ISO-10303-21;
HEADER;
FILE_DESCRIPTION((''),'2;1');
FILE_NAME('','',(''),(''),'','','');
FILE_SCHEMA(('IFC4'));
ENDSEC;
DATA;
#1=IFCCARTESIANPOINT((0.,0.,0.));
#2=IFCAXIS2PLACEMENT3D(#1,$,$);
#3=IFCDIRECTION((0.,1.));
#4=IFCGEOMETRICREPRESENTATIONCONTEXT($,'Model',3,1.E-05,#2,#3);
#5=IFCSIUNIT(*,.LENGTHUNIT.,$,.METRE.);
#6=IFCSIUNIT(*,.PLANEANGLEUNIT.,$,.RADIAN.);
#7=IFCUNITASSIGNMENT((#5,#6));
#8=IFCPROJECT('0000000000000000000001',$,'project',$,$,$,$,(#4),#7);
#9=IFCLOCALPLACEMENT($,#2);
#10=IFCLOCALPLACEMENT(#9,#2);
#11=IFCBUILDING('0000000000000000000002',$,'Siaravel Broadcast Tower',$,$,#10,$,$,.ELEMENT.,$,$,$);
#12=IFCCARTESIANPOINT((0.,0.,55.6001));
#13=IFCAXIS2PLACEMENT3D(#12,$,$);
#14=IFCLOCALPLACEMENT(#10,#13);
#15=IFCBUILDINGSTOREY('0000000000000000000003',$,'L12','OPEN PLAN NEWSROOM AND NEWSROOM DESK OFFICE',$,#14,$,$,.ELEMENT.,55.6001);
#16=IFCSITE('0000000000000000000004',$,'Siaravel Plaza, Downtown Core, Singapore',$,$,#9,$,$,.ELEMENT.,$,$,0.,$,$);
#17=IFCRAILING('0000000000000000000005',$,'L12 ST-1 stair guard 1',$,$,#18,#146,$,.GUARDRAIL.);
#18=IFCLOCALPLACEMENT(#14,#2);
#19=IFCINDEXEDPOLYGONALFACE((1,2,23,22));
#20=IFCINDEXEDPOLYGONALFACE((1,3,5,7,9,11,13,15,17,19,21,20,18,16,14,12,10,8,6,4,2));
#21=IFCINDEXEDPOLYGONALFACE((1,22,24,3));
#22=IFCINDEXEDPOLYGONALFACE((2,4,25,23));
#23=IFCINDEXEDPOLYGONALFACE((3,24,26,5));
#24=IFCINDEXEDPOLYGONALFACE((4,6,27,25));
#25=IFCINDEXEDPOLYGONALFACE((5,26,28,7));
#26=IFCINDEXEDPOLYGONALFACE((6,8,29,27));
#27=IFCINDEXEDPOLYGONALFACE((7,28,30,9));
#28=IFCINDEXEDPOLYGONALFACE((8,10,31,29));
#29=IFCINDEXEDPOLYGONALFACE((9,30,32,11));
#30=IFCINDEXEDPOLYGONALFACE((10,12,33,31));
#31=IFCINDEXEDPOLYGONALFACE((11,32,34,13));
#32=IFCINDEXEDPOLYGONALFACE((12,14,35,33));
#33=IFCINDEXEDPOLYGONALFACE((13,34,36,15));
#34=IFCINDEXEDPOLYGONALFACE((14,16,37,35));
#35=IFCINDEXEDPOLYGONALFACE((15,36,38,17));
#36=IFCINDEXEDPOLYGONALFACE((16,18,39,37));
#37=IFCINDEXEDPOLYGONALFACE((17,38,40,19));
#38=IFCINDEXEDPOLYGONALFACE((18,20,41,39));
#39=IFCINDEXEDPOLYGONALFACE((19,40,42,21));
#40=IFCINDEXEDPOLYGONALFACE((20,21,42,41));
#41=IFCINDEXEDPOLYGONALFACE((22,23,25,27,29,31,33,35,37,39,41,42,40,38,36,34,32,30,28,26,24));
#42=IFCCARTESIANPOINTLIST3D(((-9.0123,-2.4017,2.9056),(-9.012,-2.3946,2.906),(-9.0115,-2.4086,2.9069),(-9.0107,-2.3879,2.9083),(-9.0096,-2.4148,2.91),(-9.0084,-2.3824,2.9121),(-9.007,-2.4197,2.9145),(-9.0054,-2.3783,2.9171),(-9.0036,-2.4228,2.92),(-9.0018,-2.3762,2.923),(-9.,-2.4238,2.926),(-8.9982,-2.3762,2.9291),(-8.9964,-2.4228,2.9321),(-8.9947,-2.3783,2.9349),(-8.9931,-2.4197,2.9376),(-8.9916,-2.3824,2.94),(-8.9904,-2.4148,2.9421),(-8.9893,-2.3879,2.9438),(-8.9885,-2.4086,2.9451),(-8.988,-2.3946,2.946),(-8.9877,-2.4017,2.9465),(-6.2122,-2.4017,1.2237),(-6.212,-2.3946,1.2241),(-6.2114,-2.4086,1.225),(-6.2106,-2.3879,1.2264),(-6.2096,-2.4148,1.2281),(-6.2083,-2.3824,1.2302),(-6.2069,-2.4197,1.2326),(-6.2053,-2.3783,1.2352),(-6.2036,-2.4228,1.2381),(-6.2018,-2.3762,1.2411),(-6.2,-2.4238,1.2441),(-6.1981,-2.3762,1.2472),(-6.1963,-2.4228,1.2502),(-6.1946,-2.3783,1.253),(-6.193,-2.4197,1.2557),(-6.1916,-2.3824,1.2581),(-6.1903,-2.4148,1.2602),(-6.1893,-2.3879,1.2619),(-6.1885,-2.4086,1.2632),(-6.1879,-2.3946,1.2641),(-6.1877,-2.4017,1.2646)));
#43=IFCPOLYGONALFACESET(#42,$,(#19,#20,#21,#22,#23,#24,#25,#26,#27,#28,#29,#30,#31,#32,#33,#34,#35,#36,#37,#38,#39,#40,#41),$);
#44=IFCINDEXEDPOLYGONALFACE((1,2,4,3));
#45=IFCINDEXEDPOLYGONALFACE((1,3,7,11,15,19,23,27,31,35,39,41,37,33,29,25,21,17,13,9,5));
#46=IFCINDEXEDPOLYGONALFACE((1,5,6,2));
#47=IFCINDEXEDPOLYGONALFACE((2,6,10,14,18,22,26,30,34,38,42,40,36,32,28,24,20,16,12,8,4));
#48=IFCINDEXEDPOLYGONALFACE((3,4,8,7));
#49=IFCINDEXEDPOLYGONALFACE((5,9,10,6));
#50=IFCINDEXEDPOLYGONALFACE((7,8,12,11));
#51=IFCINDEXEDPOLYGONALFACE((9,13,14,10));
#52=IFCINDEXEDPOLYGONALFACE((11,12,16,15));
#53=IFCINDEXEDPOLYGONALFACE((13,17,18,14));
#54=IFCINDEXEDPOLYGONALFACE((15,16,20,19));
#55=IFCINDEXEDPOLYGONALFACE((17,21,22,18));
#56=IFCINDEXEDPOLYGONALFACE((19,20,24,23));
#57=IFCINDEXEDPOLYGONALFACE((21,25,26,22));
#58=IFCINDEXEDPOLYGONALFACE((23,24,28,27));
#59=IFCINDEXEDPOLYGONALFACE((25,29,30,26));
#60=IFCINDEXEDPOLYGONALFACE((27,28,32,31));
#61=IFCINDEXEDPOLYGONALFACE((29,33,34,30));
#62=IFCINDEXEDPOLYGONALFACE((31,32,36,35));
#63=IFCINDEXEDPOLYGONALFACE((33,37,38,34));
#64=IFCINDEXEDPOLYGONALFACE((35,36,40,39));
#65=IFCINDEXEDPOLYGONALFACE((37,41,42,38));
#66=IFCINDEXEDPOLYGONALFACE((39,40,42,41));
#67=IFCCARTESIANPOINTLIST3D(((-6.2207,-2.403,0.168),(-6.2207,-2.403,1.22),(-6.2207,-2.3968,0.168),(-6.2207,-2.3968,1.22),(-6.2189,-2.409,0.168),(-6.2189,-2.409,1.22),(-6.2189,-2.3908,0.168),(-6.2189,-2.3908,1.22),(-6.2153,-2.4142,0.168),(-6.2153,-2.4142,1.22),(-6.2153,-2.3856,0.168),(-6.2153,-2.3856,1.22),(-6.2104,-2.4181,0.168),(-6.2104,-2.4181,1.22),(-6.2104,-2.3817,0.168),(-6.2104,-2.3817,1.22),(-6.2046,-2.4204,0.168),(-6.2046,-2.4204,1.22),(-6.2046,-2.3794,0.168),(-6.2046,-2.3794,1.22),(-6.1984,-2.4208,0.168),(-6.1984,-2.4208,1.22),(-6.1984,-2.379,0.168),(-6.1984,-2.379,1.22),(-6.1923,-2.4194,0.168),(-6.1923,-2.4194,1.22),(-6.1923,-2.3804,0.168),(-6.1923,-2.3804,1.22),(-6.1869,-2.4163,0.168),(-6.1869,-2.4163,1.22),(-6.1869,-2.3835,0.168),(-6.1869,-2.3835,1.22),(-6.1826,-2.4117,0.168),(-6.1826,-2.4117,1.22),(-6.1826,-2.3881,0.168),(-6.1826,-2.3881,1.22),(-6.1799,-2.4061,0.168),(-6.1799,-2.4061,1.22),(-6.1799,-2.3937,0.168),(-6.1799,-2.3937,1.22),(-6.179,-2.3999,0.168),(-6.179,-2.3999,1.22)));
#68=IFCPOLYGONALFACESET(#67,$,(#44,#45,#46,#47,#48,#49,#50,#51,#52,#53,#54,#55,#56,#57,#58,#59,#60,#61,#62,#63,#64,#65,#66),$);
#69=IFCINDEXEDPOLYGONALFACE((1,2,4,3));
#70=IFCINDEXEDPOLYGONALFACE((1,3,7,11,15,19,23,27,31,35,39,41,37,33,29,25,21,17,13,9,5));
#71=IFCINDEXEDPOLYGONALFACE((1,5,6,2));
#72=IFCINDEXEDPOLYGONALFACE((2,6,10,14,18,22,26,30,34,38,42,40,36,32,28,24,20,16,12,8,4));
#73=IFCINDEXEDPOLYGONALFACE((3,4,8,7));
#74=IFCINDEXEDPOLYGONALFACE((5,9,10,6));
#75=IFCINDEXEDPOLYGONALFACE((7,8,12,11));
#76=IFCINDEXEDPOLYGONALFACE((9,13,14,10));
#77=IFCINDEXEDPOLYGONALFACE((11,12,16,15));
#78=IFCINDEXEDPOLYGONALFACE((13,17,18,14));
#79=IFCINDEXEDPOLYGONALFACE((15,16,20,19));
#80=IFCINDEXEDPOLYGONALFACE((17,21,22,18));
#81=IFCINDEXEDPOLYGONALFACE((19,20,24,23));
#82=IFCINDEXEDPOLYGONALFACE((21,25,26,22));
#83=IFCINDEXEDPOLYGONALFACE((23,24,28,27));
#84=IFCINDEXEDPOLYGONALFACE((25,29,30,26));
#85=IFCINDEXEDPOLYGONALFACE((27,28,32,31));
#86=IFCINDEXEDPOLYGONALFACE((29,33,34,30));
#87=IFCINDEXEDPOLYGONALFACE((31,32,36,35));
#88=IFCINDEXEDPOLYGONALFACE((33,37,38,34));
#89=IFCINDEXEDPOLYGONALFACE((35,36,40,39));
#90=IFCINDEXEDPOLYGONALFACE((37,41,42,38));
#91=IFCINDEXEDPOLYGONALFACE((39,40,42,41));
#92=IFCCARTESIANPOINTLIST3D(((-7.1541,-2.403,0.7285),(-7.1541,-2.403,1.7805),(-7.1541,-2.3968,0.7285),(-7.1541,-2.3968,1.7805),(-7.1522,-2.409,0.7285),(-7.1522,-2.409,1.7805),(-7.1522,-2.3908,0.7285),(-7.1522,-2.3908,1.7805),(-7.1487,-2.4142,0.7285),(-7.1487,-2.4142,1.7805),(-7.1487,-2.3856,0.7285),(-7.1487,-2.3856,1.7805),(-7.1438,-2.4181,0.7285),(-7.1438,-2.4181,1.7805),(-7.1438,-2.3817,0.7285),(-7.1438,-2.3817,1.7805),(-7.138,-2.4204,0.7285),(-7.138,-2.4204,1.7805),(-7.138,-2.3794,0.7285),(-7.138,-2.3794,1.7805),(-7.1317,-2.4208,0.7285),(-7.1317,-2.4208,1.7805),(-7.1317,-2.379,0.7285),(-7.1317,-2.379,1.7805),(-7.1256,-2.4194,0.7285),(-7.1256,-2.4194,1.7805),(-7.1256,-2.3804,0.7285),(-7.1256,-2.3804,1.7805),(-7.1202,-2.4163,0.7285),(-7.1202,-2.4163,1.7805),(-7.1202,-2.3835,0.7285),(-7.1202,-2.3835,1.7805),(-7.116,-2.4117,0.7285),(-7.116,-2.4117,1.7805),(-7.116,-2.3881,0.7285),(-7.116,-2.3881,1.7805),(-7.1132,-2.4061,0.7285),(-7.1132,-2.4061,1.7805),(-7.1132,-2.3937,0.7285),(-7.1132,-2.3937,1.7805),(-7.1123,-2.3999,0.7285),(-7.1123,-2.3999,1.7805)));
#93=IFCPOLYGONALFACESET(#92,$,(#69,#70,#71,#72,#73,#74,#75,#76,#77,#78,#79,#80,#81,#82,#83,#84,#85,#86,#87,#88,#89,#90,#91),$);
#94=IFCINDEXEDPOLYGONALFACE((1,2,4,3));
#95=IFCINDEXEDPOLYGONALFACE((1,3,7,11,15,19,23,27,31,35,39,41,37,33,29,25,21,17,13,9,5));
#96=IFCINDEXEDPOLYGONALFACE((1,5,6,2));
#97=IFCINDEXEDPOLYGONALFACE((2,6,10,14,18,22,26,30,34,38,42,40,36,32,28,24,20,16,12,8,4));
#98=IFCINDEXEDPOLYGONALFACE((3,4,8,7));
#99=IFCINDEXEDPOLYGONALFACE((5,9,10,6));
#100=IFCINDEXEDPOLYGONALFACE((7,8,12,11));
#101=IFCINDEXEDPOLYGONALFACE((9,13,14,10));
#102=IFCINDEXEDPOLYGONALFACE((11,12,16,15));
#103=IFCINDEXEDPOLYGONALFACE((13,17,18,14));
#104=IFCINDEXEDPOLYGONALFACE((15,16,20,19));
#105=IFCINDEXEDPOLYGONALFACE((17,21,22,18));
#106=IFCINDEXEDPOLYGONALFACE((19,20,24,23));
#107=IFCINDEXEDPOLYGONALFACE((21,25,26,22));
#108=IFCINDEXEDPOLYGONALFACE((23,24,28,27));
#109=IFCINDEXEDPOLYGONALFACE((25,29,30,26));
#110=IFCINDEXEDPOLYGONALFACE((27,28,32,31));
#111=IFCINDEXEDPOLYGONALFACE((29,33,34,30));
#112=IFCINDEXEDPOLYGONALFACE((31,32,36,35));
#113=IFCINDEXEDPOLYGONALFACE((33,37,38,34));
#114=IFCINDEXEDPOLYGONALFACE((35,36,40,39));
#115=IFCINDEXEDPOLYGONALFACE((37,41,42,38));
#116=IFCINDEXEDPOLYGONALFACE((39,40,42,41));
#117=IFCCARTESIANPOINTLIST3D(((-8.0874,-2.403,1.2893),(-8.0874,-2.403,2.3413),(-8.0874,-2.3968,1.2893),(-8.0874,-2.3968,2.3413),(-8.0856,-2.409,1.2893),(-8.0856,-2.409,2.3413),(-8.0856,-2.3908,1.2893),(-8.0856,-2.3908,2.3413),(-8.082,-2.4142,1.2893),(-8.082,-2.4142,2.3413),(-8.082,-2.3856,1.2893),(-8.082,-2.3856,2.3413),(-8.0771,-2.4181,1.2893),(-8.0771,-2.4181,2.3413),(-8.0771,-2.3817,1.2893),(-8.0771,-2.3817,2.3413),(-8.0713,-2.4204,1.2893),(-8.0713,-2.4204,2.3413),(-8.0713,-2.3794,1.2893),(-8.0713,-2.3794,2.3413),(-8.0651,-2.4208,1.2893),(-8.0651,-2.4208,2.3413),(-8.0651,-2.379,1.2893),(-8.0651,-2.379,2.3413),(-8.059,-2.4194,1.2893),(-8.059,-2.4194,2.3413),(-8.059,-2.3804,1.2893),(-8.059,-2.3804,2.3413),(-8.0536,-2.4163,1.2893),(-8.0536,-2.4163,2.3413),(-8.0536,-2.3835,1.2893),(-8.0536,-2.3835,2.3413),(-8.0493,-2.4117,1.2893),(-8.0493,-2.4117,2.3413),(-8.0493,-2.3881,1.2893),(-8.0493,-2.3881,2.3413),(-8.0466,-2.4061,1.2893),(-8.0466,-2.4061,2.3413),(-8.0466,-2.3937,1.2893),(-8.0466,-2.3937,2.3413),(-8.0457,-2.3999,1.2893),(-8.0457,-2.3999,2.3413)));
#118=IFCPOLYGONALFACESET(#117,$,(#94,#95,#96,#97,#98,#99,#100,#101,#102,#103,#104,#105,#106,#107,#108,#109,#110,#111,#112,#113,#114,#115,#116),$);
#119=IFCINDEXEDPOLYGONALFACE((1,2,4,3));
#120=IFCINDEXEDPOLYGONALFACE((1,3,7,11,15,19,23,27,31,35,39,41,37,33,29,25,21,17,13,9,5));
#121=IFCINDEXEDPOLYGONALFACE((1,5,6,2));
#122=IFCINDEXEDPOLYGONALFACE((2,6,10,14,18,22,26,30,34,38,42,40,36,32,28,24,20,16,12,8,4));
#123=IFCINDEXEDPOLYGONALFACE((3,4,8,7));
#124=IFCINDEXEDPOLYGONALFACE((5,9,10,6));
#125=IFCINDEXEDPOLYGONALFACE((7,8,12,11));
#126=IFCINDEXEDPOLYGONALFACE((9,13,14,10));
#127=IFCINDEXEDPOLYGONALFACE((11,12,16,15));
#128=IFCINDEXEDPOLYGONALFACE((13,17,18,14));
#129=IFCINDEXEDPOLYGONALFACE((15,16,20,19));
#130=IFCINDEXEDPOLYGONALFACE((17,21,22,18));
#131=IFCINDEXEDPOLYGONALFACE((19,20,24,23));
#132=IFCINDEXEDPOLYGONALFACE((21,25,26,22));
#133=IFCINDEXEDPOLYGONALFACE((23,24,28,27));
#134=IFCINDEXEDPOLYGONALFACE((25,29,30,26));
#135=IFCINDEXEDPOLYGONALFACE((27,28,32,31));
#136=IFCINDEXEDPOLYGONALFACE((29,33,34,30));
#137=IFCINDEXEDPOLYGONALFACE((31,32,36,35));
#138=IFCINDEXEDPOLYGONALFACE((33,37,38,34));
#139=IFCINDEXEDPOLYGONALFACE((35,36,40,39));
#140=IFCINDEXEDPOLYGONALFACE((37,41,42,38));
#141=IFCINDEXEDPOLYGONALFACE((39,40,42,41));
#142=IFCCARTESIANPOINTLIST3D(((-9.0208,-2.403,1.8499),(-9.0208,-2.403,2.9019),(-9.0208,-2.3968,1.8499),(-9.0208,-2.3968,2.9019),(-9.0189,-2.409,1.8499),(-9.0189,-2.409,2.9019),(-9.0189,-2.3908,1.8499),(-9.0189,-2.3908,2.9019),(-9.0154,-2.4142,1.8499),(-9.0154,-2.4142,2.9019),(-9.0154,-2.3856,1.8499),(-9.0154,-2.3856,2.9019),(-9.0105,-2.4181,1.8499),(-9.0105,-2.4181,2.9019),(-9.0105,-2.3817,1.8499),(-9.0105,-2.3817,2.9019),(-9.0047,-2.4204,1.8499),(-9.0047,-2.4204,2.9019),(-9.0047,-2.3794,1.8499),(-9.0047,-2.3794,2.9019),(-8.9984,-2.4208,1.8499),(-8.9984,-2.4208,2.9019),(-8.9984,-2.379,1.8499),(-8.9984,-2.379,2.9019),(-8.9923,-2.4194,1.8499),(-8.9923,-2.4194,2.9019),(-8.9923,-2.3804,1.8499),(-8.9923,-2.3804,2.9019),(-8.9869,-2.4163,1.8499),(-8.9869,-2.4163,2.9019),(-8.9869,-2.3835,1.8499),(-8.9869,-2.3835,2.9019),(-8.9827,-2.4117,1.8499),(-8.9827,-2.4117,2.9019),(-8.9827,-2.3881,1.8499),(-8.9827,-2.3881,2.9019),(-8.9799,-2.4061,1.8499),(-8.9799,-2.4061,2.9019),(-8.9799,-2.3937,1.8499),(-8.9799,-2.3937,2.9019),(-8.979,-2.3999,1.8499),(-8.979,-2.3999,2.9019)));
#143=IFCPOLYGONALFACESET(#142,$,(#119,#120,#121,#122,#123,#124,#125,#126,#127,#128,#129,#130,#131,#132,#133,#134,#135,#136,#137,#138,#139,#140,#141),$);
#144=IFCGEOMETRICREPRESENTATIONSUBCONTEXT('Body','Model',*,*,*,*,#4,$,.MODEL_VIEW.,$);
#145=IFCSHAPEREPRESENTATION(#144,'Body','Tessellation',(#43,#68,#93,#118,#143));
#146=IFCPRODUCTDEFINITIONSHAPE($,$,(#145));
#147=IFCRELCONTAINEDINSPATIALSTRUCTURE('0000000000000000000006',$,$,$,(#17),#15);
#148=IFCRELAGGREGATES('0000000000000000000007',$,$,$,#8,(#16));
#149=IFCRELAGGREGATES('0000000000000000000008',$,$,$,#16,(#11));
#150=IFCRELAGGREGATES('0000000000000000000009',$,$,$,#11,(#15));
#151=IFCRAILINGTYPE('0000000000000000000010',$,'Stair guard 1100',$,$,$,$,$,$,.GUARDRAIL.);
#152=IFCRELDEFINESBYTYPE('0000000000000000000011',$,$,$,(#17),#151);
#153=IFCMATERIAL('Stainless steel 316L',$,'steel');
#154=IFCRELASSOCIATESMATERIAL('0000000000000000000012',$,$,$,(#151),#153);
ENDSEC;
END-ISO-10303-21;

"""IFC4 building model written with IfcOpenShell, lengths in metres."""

from ifc_helpers import new_model, si_unit, direction, frame, origin, origin_2d, place, context, subcontext, project, spatial, circle, extrude, material, type_object, element, save


model = new_model("IFC4")

# Units and contexts
model_context = context("Model", 3, precision=1e-05, world=origin(), true_north=direction((0.0, 1.0)))
body_context = subcontext(model_context, "Body", "Model", "MODEL_VIEW")
ifc_project = project(units=[si_unit("LENGTHUNIT", "METRE"), si_unit("PLANEANGLEUNIT", "RADIAN")], contexts=[model_context])

# Site, building, storey
site_placement = place(None, origin())
site = spatial("IfcSite", under=ifc_project, at=site_placement, Name="Siaravel Plaza, Downtown Core, Singapore", CompositionType="ELEMENT", RefElevation=0.0)
building_placement = place(site_placement, origin())
building = spatial("IfcBuilding", under=site, at=building_placement, Name="Siaravel Broadcast Tower", CompositionType="ELEMENT")
storey_placement = place(building_placement, frame((0.0, 0.0, 55.6001)))
storey = spatial("IfcBuildingStorey", under=building, at=storey_placement, Name="L12", Description="OPEN PLAN NEWSROOM AND NEWSROOM DESK OFFICE", CompositionType="ELEMENT", Elevation=55.6001)

# Railing
ifc_material_1 = material(Name="Stainless steel 316L", Category="steel")
railing_type_1 = type_object("IfcRailingType", Name="Stair guard 1100", PredefinedType="GUARDRAIL", material=ifc_material_1)
railing_1_placement = place(storey_placement, frame((-6.2, -2.3999, 0.168)))
element("IfcRailing", 1, at=railing_1_placement, inside=storey, type_object=railing_type_1, Name="L12 ST-1 stair guard 1", PredefinedType="GUARDRAIL", context=body_context, shape_type="SweptSolid", body=[
    extrude(circle(Radius=0.0239, at=origin_2d()), frame((0.0, 0.0, 1.0762), z_axis=(-0.857242, 0.0, 0.514913), x_axis=(0.0, -1.0, 0.0)), (0.0, 0.0, 1.0), 3.2664),
    extrude(circle(Radius=0.021, at=origin_2d()), origin(), (0.0, 0.0, 1.0), 1.052),
    extrude(circle(Radius=0.021, at=origin_2d()), frame((-0.9333, 0.0, 0.5605)), (0.0, 0.0, 1.0), 1.052),
    extrude(circle(Radius=0.021, at=origin_2d()), frame((-1.8667, 0.0, 1.1213)), (0.0, 0.0, 1.0), 1.052),
    extrude(circle(Radius=0.021, at=origin_2d()), frame((-2.8, 0.0, 1.6819)), (0.0, 0.0, 1.0), 1.052),
])

save(model, "model.ifc")
